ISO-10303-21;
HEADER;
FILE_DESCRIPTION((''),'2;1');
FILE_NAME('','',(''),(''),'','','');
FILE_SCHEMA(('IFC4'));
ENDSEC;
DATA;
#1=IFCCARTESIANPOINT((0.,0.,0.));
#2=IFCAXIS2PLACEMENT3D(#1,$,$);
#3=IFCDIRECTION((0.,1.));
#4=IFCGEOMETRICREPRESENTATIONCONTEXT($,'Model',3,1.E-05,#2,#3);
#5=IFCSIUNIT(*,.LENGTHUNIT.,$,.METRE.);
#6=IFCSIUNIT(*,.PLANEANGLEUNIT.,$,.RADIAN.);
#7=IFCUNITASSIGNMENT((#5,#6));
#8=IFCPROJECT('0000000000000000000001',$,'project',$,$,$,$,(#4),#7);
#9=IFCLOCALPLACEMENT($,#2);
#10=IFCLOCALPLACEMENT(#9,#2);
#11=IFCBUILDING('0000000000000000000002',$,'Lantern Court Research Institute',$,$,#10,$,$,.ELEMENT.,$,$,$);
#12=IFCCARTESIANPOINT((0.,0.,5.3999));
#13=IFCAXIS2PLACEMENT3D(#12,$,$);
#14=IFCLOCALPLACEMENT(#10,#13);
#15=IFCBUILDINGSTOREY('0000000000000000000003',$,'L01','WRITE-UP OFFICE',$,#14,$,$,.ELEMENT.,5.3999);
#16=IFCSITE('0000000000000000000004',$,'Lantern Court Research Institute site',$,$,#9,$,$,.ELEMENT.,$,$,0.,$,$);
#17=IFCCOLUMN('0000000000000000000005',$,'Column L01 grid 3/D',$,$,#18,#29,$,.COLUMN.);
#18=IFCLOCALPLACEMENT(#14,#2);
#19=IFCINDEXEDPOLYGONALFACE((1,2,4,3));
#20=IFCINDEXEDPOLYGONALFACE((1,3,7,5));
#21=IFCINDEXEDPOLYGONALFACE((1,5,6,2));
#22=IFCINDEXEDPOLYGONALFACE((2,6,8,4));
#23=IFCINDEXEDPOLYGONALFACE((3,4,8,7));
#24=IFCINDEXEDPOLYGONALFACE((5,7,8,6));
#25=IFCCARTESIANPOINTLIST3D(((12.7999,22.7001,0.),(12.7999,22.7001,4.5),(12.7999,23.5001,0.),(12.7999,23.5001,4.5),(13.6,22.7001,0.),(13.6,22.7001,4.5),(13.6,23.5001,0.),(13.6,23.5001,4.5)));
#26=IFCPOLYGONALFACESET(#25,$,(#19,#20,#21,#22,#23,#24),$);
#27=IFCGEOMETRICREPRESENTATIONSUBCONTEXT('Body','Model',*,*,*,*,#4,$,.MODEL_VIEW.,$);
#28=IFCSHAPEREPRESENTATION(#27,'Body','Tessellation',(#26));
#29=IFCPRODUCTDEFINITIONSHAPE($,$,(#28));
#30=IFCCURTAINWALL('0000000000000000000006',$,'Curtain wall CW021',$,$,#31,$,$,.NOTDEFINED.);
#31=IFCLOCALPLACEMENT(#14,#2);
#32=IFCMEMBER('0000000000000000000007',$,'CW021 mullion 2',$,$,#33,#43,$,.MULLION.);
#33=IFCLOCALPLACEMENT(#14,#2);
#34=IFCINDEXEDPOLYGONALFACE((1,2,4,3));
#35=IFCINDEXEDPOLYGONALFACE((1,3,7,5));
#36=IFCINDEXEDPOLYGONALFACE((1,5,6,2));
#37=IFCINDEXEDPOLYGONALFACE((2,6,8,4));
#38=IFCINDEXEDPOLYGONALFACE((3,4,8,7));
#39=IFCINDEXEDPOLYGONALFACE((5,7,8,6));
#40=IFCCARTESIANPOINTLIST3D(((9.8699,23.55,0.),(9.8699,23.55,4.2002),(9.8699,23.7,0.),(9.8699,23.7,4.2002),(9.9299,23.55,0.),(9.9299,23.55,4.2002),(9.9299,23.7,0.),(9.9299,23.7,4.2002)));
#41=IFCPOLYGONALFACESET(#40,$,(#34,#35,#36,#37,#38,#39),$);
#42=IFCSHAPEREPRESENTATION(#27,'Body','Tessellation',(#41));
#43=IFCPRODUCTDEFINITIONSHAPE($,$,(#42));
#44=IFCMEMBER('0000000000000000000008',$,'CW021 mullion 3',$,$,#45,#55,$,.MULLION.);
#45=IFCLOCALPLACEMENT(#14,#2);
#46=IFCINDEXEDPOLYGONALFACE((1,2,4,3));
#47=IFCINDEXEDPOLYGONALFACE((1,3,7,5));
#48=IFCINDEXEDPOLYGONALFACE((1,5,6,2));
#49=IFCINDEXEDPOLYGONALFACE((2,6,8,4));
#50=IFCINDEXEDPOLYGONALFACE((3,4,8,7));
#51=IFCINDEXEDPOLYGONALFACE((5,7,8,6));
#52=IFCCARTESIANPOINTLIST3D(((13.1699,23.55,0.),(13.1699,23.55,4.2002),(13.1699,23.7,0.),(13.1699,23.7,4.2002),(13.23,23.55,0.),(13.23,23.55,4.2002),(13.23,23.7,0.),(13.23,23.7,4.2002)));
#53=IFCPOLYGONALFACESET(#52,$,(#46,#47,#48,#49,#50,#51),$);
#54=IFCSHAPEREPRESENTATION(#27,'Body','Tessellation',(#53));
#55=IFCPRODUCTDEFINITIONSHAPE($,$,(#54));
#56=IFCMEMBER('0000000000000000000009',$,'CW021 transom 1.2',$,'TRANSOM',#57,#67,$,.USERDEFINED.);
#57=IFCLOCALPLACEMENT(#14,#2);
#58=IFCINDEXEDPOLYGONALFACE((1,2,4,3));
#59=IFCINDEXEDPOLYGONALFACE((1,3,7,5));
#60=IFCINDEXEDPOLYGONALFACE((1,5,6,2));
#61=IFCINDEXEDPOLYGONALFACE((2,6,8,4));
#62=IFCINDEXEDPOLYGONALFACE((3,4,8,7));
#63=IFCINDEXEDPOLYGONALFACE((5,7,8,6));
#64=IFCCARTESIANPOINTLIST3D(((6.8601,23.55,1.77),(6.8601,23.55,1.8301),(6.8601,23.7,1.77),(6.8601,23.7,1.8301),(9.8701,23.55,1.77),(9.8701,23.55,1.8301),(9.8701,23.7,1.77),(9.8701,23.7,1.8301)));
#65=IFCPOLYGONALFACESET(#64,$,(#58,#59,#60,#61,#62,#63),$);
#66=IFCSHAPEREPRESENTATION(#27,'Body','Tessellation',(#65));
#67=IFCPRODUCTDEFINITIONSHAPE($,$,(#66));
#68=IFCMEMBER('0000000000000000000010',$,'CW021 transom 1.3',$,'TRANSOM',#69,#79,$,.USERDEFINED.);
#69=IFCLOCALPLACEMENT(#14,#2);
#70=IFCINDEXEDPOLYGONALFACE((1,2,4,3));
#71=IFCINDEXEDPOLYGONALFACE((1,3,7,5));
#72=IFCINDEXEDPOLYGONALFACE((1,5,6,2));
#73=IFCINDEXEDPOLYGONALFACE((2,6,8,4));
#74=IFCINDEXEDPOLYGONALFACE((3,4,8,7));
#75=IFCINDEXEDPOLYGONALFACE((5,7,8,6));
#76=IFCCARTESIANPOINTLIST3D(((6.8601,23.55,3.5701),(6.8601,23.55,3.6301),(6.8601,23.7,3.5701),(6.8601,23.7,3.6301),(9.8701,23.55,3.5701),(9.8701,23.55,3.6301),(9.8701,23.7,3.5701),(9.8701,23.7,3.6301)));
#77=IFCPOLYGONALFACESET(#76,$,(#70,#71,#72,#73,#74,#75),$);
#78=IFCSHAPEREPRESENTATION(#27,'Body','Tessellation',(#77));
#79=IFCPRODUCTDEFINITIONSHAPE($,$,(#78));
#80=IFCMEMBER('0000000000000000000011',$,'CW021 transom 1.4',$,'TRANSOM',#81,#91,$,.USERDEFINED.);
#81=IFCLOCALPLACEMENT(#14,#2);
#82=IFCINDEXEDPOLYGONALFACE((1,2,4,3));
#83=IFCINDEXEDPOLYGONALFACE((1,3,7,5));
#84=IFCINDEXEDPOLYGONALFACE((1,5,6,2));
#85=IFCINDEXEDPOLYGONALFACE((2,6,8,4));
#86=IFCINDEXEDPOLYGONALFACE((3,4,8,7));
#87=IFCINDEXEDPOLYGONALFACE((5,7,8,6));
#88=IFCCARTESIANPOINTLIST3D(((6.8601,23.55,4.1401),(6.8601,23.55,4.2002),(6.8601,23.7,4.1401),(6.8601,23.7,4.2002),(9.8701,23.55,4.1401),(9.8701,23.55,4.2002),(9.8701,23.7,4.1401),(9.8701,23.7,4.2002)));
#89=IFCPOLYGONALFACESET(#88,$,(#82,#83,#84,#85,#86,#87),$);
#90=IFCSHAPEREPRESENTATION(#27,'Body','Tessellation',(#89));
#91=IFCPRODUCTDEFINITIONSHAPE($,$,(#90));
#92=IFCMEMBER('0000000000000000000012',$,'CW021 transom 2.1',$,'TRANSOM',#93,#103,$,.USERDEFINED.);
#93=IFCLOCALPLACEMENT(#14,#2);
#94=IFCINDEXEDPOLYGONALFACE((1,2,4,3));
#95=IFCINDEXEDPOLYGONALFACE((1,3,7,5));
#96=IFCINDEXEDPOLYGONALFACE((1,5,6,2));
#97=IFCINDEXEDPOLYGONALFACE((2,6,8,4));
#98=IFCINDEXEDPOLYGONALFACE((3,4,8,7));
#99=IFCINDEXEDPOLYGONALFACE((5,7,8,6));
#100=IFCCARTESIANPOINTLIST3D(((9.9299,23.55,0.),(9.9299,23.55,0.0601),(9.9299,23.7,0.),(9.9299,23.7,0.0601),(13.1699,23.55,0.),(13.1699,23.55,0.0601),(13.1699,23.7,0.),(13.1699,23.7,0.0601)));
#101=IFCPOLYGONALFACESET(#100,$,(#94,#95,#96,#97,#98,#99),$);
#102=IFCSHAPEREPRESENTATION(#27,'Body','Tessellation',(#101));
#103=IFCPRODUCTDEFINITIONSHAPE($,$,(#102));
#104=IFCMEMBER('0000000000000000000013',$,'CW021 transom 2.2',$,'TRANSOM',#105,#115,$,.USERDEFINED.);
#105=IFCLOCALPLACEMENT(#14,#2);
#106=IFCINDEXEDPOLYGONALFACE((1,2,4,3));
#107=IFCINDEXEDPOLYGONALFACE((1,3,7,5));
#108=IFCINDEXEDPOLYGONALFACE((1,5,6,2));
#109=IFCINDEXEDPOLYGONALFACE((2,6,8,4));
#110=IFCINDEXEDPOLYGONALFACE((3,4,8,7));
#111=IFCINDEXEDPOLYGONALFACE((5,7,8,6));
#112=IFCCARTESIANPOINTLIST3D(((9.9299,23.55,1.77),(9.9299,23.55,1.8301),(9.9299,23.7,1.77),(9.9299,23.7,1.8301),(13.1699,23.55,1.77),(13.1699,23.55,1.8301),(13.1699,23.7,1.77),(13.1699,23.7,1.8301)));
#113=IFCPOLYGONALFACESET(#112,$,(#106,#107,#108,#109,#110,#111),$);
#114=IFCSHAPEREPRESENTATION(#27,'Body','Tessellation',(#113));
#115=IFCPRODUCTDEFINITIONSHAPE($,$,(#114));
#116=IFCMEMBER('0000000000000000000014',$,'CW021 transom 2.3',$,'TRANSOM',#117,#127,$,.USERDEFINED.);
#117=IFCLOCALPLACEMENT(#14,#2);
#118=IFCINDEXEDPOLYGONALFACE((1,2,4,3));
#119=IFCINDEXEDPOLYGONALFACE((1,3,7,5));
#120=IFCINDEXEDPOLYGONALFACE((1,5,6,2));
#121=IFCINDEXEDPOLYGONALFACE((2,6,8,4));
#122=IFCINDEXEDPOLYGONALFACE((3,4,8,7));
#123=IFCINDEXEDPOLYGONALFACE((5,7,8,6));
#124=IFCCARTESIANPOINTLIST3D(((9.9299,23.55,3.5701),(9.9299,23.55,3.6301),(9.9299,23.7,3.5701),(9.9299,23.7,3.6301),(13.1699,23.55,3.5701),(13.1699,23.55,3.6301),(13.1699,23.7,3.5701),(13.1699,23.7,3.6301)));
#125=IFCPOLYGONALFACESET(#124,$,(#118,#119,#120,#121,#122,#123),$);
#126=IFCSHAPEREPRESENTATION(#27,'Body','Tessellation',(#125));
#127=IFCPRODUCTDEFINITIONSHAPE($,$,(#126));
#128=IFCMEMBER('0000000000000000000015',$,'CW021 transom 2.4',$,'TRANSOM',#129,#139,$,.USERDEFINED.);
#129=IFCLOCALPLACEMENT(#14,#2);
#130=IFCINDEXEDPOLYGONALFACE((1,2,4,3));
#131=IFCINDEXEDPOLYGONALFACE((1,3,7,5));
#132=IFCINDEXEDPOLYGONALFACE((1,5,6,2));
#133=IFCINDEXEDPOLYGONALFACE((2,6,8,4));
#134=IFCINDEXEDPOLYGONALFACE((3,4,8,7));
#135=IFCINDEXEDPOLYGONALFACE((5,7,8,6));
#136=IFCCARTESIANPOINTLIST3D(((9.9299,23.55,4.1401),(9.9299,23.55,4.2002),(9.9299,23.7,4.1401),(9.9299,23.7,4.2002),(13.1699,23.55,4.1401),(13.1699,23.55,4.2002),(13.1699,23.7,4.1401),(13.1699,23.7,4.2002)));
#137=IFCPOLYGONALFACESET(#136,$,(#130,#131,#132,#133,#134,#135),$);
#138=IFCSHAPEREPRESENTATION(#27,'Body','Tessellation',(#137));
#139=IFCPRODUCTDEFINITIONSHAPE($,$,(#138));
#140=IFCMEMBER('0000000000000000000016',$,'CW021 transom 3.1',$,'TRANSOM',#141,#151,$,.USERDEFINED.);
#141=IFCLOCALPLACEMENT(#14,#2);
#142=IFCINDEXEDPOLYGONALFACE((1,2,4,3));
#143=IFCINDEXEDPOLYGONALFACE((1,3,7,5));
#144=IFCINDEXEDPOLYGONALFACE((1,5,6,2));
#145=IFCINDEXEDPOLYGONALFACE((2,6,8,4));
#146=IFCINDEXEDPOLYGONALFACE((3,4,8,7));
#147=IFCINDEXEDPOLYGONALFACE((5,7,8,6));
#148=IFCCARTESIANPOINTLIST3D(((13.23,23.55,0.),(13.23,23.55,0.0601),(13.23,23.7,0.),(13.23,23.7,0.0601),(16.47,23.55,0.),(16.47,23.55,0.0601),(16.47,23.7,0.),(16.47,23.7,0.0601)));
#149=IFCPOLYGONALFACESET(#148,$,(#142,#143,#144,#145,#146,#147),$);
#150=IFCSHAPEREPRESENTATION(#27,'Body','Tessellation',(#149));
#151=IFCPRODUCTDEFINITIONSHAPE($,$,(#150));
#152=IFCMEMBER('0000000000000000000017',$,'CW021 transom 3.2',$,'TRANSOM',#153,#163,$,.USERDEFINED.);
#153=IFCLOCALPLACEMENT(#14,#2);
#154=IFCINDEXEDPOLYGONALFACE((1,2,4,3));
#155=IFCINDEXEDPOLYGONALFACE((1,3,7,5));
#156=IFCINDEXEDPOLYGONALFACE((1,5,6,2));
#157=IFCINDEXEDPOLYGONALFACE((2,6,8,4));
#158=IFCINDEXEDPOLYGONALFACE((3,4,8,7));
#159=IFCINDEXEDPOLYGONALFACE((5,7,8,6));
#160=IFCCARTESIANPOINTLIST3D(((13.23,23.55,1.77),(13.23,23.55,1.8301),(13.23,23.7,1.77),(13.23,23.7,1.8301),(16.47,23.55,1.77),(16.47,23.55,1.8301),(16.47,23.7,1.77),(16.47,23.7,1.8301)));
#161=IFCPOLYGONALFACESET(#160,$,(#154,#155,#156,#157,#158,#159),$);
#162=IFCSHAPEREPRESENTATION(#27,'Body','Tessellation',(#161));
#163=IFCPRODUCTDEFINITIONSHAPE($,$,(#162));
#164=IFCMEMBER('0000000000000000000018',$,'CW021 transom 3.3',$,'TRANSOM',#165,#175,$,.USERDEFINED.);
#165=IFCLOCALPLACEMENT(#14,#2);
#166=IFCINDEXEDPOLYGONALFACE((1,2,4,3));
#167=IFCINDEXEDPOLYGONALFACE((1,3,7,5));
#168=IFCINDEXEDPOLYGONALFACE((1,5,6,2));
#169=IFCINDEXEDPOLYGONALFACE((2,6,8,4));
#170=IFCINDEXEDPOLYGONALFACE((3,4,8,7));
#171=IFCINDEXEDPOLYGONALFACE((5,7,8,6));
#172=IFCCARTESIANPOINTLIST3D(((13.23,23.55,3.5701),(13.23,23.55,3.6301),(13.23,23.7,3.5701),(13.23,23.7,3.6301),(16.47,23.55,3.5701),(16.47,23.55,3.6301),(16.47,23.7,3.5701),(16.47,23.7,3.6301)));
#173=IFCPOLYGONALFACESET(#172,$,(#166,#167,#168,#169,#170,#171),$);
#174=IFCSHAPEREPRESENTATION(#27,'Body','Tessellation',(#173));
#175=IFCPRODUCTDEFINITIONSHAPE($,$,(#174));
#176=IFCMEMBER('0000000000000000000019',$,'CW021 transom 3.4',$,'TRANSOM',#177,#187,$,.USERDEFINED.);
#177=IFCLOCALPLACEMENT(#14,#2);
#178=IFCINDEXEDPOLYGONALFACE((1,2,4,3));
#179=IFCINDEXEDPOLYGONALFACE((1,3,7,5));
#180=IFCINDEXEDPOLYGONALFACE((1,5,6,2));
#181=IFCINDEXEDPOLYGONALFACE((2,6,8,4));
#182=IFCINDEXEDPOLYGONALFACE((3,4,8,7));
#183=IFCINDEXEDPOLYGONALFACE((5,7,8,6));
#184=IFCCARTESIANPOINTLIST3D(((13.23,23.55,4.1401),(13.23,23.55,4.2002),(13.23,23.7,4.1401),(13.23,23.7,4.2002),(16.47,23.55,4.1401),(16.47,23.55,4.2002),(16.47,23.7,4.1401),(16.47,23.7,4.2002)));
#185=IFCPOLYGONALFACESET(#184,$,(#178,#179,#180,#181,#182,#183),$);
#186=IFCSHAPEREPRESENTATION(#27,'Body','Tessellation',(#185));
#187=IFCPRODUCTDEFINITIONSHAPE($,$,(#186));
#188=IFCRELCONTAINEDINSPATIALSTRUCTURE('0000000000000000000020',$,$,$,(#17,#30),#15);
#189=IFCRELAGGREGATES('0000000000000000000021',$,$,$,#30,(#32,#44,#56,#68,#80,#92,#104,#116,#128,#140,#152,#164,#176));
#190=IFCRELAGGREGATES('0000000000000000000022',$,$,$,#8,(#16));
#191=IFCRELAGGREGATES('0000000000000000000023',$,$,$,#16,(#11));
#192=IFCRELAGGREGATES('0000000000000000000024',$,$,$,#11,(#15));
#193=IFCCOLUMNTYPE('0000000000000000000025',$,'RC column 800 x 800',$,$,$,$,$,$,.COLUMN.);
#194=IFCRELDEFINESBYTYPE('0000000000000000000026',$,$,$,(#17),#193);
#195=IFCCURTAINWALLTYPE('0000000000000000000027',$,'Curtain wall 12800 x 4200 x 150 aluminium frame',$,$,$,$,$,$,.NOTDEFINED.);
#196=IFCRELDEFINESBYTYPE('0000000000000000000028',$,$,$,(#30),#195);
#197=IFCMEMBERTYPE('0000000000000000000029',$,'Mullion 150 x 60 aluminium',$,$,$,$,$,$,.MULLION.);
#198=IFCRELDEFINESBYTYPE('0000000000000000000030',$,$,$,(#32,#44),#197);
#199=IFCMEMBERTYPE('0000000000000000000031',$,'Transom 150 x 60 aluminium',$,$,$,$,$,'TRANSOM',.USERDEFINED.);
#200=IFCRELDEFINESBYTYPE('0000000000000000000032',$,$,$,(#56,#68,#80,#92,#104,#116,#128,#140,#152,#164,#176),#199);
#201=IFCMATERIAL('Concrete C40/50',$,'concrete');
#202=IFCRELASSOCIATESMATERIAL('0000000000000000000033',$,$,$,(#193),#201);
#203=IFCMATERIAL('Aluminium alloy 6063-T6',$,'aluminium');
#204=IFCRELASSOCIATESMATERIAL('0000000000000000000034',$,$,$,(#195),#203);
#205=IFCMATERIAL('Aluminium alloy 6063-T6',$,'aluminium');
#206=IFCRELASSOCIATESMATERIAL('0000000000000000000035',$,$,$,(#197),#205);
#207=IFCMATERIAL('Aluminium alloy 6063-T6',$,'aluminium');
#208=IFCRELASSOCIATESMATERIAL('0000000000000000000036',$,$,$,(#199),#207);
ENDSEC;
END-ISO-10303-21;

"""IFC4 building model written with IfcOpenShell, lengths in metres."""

from ifc_helpers import new_model, si_unit, direction, frame, origin, origin_2d, place, context, subcontext, project, spatial, rectangle, extrude, material, material_profile, profile_set, type_object, element, aggregate, save


model = new_model("IFC4")

# Units and contexts
model_context = context("Model", 3, precision=1e-05, world=origin(), true_north=direction((0.0, 1.0)))
body_context = subcontext(model_context, "Body", "Model", "MODEL_VIEW")
ifc_project = project(units=[si_unit("LENGTHUNIT", "METRE"), si_unit("PLANEANGLEUNIT", "RADIAN")], contexts=[model_context])

# Site, building, storey
site_placement = place(None, origin())
site = spatial("IfcSite", under=ifc_project, at=site_placement, Name="Lantern Court Research Institute site", CompositionType="ELEMENT", RefElevation=0.0)
building_placement = place(site_placement, origin())
building = spatial("IfcBuilding", under=site, at=building_placement, Name="Lantern Court Research Institute", CompositionType="ELEMENT")
storey_placement = place(building_placement, frame((0.0, 0.0, 5.3999)))
storey = spatial("IfcBuildingStorey", under=building, at=storey_placement, Name="L01", Description="WRITE-UP OFFICE", CompositionType="ELEMENT", Elevation=5.3999)

# Column
ifc_material_1 = material(Name="Concrete C40/50", Category="concrete")
ifc_material_profile_1 = material_profile(ifc_material_1, rectangle(XDim=0.8, YDim=0.8, at=origin_2d()), Name="RC column 800 x 800")
ifc_profile_set_1 = profile_set([ifc_material_profile_1], Name="Concrete C40/50")
column_type = type_object("IfcColumnType", Name="RC column 800 x 800", PredefinedType="COLUMN", material=ifc_profile_set_1)
column_placement = place(storey_placement, frame((13.2, 23.1001, 0.0), z_axis=(0.0, 0.0, 1.0), x_axis=(1.0, 0.0, 0.0)))
element("IfcColumn", 1, at=column_placement, inside=storey, type_object=column_type, Name="Column L01 grid 3/D", PredefinedType="COLUMN", context=body_context, shape_type="SweptSolid", body=[
    extrude(rectangle(XDim=0.8, YDim=0.8, at=origin_2d()), origin(), (0.0, 0.0, 1.0), 4.5),
])

# Curtain wall, members
ifc_material_2 = material(Name="Aluminium alloy 6063-T6", Category="aluminium")
curtain_wall_type = type_object("IfcCurtainWallType", Name="Curtain wall 12800 x 4200 x 150 aluminium frame", PredefinedType="NOTDEFINED", material=ifc_material_2)
curtain_wall_placement = place(storey_placement, origin())
curtain_wall = element("IfcCurtainWall", 2, at=curtain_wall_placement, inside=storey, type_object=curtain_wall_type, Name="Curtain wall CW021", PredefinedType="NOTDEFINED")
ifc_material_3 = material(Name="Aluminium alloy 6063-T6", Category="aluminium")
ifc_material_profile_2 = material_profile(ifc_material_3, rectangle(XDim=0.1499, YDim=0.0601, at=origin_2d()), Name="Mullion 150 x 60")
ifc_profile_set_2 = profile_set([ifc_material_profile_2], Name="Aluminium alloy 6063-T6")
member_type_1 = type_object("IfcMemberType", Name="Mullion 150 x 60 aluminium", PredefinedType="MULLION", material=ifc_profile_set_2)
member_1_placement = place(storey_placement, frame((9.8999, 23.625, 0.0), z_axis=(0.0, 0.0, 1.0), x_axis=(0.0, 1.0, 0.0)))
member_1 = element("IfcMember", 3, at=member_1_placement, type_object=member_type_1, Name="CW021 mullion 2", PredefinedType="MULLION", context=body_context, shape_type="SweptSolid", body=[
    extrude(rectangle(XDim=0.1499, YDim=0.0601, at=origin_2d()), origin(), (0.0, 0.0, 1.0), 4.2002),
])
member_2_placement = place(storey_placement, frame((13.2, 23.625, 0.0), z_axis=(0.0, 0.0, 1.0), x_axis=(0.0, 1.0, 0.0)))
member_2 = element("IfcMember", 4, at=member_2_placement, type_object=member_type_1, Name="CW021 mullion 3", PredefinedType="MULLION", context=body_context, shape_type="SweptSolid", body=[
    extrude(rectangle(XDim=0.1499, YDim=0.0601, at=origin_2d()), origin(), (0.0, 0.0, 1.0), 4.2002),
])
ifc_material_4 = material(Name="Aluminium alloy 6063-T6", Category="aluminium")
ifc_material_profile_3 = material_profile(ifc_material_4, rectangle(XDim=0.1499, YDim=0.0601, at=origin_2d()), Name="Transom 150 x 60")
ifc_profile_set_3 = profile_set([ifc_material_profile_3], Name="Aluminium alloy 6063-T6")
member_type_2 = type_object("IfcMemberType", Name="Transom 150 x 60 aluminium", ElementType="TRANSOM", PredefinedType="USERDEFINED", material=ifc_profile_set_3)
member_3_placement = place(storey_placement, frame((6.8601, 23.625, 1.8), z_axis=(1.0, 0.0, 0.0), x_axis=(0.0, 1.0, 0.0)))
member_3 = element("IfcMember", 5, at=member_3_placement, type_object=member_type_2, Name="CW021 transom 1.2", ObjectType="TRANSOM", PredefinedType="USERDEFINED", context=body_context, shape_type="SweptSolid", body=[
    extrude(rectangle(XDim=0.1499, YDim=0.0601, at=origin_2d()), origin(), (0.0, 0.0, 1.0), 3.01),
])
member_4_placement = place(storey_placement, frame((6.8601, 23.625, 3.6001), z_axis=(1.0, 0.0, 0.0), x_axis=(0.0, 1.0, 0.0)))
member_4 = element("IfcMember", 6, at=member_4_placement, type_object=member_type_2, Name="CW021 transom 1.3", ObjectType="TRANSOM", PredefinedType="USERDEFINED", context=body_context, shape_type="SweptSolid", body=[
    extrude(rectangle(XDim=0.1499, YDim=0.0601, at=origin_2d()), origin(), (0.0, 0.0, 1.0), 3.01),
])
member_5_placement = place(storey_placement, frame((6.8601, 23.625, 4.1702), z_axis=(1.0, 0.0, 0.0), x_axis=(0.0, 1.0, 0.0)))
member_5 = element("IfcMember", 7, at=member_5_placement, type_object=member_type_2, Name="CW021 transom 1.4", ObjectType="TRANSOM", PredefinedType="USERDEFINED", context=body_context, shape_type="SweptSolid", body=[
    extrude(rectangle(XDim=0.1499, YDim=0.0601, at=origin_2d()), origin(), (0.0, 0.0, 1.0), 3.01),
])
member_6_placement = place(storey_placement, frame((9.9299, 23.625, 0.03), z_axis=(1.0, 0.0, 0.0), x_axis=(0.0, 1.0, 0.0)))
member_6 = element("IfcMember", 8, at=member_6_placement, type_object=member_type_2, Name="CW021 transom 2.1", ObjectType="TRANSOM", PredefinedType="USERDEFINED", context=body_context, shape_type="SweptSolid", body=[
    extrude(rectangle(XDim=0.1499, YDim=0.0601, at=origin_2d()), origin(), (0.0, 0.0, 1.0), 3.24),
])
member_7_placement = place(storey_placement, frame((9.9299, 23.625, 1.8), z_axis=(1.0, 0.0, 0.0), x_axis=(0.0, 1.0, 0.0)))
member_7 = element("IfcMember", 9, at=member_7_placement, type_object=member_type_2, Name="CW021 transom 2.2", ObjectType="TRANSOM", PredefinedType="USERDEFINED", context=body_context, shape_type="SweptSolid", body=[
    extrude(rectangle(XDim=0.1499, YDim=0.0601, at=origin_2d()), origin(), (0.0, 0.0, 1.0), 3.24),
])
member_8_placement = place(storey_placement, frame((9.9299, 23.625, 3.6001), z_axis=(1.0, 0.0, 0.0), x_axis=(0.0, 1.0, 0.0)))
member_8 = element("IfcMember", 10, at=member_8_placement, type_object=member_type_2, Name="CW021 transom 2.3", ObjectType="TRANSOM", PredefinedType="USERDEFINED", context=body_context, shape_type="SweptSolid", body=[
    extrude(rectangle(XDim=0.1499, YDim=0.0601, at=origin_2d()), origin(), (0.0, 0.0, 1.0), 3.24),
])
member_9_placement = place(storey_placement, frame((9.9299, 23.625, 4.1702), z_axis=(1.0, 0.0, 0.0), x_axis=(0.0, 1.0, 0.0)))
member_9 = element("IfcMember", 11, at=member_9_placement, type_object=member_type_2, Name="CW021 transom 2.4", ObjectType="TRANSOM", PredefinedType="USERDEFINED", context=body_context, shape_type="SweptSolid", body=[
    extrude(rectangle(XDim=0.1499, YDim=0.0601, at=origin_2d()), origin(), (0.0, 0.0, 1.0), 3.24),
])
member_10_placement = place(storey_placement, frame((13.23, 23.625, 0.03), z_axis=(1.0, 0.0, 0.0), x_axis=(0.0, 1.0, 0.0)))
member_10 = element("IfcMember", 12, at=member_10_placement, type_object=member_type_2, Name="CW021 transom 3.1", ObjectType="TRANSOM", PredefinedType="USERDEFINED", context=body_context, shape_type="SweptSolid", body=[
    extrude(rectangle(XDim=0.1499, YDim=0.0601, at=origin_2d()), origin(), (0.0, 0.0, 1.0), 3.24),
])
member_11_placement = place(storey_placement, frame((13.23, 23.625, 1.8), z_axis=(1.0, 0.0, 0.0), x_axis=(0.0, 1.0, 0.0)))
member_11 = element("IfcMember", 13, at=member_11_placement, type_object=member_type_2, Name="CW021 transom 3.2", ObjectType="TRANSOM", PredefinedType="USERDEFINED", context=body_context, shape_type="SweptSolid", body=[
    extrude(rectangle(XDim=0.1499, YDim=0.0601, at=origin_2d()), origin(), (0.0, 0.0, 1.0), 3.24),
])
member_12_placement = place(storey_placement, frame((13.23, 23.625, 3.6001), z_axis=(1.0, 0.0, 0.0), x_axis=(0.0, 1.0, 0.0)))
member_12 = element("IfcMember", 14, at=member_12_placement, type_object=member_type_2, Name="CW021 transom 3.3", ObjectType="TRANSOM", PredefinedType="USERDEFINED", context=body_context, shape_type="SweptSolid", body=[
    extrude(rectangle(XDim=0.1499, YDim=0.0601, at=origin_2d()), origin(), (0.0, 0.0, 1.0), 3.24),
])
member_13_placement = place(storey_placement, frame((13.23, 23.625, 4.1702), z_axis=(1.0, 0.0, 0.0), x_axis=(0.0, 1.0, 0.0)))
member_13 = element("IfcMember", 15, at=member_13_placement, type_object=member_type_2, Name="CW021 transom 3.4", ObjectType="TRANSOM", PredefinedType="USERDEFINED", context=body_context, shape_type="SweptSolid", body=[
    extrude(rectangle(XDim=0.1499, YDim=0.0601, at=origin_2d()), origin(), (0.0, 0.0, 1.0), 3.24),
])
aggregate(curtain_wall, [member_1, member_2, member_3, member_4, member_5, member_6, member_7, member_8, member_9, member_10, member_11, member_12, member_13])

save(model, "model.ifc")
